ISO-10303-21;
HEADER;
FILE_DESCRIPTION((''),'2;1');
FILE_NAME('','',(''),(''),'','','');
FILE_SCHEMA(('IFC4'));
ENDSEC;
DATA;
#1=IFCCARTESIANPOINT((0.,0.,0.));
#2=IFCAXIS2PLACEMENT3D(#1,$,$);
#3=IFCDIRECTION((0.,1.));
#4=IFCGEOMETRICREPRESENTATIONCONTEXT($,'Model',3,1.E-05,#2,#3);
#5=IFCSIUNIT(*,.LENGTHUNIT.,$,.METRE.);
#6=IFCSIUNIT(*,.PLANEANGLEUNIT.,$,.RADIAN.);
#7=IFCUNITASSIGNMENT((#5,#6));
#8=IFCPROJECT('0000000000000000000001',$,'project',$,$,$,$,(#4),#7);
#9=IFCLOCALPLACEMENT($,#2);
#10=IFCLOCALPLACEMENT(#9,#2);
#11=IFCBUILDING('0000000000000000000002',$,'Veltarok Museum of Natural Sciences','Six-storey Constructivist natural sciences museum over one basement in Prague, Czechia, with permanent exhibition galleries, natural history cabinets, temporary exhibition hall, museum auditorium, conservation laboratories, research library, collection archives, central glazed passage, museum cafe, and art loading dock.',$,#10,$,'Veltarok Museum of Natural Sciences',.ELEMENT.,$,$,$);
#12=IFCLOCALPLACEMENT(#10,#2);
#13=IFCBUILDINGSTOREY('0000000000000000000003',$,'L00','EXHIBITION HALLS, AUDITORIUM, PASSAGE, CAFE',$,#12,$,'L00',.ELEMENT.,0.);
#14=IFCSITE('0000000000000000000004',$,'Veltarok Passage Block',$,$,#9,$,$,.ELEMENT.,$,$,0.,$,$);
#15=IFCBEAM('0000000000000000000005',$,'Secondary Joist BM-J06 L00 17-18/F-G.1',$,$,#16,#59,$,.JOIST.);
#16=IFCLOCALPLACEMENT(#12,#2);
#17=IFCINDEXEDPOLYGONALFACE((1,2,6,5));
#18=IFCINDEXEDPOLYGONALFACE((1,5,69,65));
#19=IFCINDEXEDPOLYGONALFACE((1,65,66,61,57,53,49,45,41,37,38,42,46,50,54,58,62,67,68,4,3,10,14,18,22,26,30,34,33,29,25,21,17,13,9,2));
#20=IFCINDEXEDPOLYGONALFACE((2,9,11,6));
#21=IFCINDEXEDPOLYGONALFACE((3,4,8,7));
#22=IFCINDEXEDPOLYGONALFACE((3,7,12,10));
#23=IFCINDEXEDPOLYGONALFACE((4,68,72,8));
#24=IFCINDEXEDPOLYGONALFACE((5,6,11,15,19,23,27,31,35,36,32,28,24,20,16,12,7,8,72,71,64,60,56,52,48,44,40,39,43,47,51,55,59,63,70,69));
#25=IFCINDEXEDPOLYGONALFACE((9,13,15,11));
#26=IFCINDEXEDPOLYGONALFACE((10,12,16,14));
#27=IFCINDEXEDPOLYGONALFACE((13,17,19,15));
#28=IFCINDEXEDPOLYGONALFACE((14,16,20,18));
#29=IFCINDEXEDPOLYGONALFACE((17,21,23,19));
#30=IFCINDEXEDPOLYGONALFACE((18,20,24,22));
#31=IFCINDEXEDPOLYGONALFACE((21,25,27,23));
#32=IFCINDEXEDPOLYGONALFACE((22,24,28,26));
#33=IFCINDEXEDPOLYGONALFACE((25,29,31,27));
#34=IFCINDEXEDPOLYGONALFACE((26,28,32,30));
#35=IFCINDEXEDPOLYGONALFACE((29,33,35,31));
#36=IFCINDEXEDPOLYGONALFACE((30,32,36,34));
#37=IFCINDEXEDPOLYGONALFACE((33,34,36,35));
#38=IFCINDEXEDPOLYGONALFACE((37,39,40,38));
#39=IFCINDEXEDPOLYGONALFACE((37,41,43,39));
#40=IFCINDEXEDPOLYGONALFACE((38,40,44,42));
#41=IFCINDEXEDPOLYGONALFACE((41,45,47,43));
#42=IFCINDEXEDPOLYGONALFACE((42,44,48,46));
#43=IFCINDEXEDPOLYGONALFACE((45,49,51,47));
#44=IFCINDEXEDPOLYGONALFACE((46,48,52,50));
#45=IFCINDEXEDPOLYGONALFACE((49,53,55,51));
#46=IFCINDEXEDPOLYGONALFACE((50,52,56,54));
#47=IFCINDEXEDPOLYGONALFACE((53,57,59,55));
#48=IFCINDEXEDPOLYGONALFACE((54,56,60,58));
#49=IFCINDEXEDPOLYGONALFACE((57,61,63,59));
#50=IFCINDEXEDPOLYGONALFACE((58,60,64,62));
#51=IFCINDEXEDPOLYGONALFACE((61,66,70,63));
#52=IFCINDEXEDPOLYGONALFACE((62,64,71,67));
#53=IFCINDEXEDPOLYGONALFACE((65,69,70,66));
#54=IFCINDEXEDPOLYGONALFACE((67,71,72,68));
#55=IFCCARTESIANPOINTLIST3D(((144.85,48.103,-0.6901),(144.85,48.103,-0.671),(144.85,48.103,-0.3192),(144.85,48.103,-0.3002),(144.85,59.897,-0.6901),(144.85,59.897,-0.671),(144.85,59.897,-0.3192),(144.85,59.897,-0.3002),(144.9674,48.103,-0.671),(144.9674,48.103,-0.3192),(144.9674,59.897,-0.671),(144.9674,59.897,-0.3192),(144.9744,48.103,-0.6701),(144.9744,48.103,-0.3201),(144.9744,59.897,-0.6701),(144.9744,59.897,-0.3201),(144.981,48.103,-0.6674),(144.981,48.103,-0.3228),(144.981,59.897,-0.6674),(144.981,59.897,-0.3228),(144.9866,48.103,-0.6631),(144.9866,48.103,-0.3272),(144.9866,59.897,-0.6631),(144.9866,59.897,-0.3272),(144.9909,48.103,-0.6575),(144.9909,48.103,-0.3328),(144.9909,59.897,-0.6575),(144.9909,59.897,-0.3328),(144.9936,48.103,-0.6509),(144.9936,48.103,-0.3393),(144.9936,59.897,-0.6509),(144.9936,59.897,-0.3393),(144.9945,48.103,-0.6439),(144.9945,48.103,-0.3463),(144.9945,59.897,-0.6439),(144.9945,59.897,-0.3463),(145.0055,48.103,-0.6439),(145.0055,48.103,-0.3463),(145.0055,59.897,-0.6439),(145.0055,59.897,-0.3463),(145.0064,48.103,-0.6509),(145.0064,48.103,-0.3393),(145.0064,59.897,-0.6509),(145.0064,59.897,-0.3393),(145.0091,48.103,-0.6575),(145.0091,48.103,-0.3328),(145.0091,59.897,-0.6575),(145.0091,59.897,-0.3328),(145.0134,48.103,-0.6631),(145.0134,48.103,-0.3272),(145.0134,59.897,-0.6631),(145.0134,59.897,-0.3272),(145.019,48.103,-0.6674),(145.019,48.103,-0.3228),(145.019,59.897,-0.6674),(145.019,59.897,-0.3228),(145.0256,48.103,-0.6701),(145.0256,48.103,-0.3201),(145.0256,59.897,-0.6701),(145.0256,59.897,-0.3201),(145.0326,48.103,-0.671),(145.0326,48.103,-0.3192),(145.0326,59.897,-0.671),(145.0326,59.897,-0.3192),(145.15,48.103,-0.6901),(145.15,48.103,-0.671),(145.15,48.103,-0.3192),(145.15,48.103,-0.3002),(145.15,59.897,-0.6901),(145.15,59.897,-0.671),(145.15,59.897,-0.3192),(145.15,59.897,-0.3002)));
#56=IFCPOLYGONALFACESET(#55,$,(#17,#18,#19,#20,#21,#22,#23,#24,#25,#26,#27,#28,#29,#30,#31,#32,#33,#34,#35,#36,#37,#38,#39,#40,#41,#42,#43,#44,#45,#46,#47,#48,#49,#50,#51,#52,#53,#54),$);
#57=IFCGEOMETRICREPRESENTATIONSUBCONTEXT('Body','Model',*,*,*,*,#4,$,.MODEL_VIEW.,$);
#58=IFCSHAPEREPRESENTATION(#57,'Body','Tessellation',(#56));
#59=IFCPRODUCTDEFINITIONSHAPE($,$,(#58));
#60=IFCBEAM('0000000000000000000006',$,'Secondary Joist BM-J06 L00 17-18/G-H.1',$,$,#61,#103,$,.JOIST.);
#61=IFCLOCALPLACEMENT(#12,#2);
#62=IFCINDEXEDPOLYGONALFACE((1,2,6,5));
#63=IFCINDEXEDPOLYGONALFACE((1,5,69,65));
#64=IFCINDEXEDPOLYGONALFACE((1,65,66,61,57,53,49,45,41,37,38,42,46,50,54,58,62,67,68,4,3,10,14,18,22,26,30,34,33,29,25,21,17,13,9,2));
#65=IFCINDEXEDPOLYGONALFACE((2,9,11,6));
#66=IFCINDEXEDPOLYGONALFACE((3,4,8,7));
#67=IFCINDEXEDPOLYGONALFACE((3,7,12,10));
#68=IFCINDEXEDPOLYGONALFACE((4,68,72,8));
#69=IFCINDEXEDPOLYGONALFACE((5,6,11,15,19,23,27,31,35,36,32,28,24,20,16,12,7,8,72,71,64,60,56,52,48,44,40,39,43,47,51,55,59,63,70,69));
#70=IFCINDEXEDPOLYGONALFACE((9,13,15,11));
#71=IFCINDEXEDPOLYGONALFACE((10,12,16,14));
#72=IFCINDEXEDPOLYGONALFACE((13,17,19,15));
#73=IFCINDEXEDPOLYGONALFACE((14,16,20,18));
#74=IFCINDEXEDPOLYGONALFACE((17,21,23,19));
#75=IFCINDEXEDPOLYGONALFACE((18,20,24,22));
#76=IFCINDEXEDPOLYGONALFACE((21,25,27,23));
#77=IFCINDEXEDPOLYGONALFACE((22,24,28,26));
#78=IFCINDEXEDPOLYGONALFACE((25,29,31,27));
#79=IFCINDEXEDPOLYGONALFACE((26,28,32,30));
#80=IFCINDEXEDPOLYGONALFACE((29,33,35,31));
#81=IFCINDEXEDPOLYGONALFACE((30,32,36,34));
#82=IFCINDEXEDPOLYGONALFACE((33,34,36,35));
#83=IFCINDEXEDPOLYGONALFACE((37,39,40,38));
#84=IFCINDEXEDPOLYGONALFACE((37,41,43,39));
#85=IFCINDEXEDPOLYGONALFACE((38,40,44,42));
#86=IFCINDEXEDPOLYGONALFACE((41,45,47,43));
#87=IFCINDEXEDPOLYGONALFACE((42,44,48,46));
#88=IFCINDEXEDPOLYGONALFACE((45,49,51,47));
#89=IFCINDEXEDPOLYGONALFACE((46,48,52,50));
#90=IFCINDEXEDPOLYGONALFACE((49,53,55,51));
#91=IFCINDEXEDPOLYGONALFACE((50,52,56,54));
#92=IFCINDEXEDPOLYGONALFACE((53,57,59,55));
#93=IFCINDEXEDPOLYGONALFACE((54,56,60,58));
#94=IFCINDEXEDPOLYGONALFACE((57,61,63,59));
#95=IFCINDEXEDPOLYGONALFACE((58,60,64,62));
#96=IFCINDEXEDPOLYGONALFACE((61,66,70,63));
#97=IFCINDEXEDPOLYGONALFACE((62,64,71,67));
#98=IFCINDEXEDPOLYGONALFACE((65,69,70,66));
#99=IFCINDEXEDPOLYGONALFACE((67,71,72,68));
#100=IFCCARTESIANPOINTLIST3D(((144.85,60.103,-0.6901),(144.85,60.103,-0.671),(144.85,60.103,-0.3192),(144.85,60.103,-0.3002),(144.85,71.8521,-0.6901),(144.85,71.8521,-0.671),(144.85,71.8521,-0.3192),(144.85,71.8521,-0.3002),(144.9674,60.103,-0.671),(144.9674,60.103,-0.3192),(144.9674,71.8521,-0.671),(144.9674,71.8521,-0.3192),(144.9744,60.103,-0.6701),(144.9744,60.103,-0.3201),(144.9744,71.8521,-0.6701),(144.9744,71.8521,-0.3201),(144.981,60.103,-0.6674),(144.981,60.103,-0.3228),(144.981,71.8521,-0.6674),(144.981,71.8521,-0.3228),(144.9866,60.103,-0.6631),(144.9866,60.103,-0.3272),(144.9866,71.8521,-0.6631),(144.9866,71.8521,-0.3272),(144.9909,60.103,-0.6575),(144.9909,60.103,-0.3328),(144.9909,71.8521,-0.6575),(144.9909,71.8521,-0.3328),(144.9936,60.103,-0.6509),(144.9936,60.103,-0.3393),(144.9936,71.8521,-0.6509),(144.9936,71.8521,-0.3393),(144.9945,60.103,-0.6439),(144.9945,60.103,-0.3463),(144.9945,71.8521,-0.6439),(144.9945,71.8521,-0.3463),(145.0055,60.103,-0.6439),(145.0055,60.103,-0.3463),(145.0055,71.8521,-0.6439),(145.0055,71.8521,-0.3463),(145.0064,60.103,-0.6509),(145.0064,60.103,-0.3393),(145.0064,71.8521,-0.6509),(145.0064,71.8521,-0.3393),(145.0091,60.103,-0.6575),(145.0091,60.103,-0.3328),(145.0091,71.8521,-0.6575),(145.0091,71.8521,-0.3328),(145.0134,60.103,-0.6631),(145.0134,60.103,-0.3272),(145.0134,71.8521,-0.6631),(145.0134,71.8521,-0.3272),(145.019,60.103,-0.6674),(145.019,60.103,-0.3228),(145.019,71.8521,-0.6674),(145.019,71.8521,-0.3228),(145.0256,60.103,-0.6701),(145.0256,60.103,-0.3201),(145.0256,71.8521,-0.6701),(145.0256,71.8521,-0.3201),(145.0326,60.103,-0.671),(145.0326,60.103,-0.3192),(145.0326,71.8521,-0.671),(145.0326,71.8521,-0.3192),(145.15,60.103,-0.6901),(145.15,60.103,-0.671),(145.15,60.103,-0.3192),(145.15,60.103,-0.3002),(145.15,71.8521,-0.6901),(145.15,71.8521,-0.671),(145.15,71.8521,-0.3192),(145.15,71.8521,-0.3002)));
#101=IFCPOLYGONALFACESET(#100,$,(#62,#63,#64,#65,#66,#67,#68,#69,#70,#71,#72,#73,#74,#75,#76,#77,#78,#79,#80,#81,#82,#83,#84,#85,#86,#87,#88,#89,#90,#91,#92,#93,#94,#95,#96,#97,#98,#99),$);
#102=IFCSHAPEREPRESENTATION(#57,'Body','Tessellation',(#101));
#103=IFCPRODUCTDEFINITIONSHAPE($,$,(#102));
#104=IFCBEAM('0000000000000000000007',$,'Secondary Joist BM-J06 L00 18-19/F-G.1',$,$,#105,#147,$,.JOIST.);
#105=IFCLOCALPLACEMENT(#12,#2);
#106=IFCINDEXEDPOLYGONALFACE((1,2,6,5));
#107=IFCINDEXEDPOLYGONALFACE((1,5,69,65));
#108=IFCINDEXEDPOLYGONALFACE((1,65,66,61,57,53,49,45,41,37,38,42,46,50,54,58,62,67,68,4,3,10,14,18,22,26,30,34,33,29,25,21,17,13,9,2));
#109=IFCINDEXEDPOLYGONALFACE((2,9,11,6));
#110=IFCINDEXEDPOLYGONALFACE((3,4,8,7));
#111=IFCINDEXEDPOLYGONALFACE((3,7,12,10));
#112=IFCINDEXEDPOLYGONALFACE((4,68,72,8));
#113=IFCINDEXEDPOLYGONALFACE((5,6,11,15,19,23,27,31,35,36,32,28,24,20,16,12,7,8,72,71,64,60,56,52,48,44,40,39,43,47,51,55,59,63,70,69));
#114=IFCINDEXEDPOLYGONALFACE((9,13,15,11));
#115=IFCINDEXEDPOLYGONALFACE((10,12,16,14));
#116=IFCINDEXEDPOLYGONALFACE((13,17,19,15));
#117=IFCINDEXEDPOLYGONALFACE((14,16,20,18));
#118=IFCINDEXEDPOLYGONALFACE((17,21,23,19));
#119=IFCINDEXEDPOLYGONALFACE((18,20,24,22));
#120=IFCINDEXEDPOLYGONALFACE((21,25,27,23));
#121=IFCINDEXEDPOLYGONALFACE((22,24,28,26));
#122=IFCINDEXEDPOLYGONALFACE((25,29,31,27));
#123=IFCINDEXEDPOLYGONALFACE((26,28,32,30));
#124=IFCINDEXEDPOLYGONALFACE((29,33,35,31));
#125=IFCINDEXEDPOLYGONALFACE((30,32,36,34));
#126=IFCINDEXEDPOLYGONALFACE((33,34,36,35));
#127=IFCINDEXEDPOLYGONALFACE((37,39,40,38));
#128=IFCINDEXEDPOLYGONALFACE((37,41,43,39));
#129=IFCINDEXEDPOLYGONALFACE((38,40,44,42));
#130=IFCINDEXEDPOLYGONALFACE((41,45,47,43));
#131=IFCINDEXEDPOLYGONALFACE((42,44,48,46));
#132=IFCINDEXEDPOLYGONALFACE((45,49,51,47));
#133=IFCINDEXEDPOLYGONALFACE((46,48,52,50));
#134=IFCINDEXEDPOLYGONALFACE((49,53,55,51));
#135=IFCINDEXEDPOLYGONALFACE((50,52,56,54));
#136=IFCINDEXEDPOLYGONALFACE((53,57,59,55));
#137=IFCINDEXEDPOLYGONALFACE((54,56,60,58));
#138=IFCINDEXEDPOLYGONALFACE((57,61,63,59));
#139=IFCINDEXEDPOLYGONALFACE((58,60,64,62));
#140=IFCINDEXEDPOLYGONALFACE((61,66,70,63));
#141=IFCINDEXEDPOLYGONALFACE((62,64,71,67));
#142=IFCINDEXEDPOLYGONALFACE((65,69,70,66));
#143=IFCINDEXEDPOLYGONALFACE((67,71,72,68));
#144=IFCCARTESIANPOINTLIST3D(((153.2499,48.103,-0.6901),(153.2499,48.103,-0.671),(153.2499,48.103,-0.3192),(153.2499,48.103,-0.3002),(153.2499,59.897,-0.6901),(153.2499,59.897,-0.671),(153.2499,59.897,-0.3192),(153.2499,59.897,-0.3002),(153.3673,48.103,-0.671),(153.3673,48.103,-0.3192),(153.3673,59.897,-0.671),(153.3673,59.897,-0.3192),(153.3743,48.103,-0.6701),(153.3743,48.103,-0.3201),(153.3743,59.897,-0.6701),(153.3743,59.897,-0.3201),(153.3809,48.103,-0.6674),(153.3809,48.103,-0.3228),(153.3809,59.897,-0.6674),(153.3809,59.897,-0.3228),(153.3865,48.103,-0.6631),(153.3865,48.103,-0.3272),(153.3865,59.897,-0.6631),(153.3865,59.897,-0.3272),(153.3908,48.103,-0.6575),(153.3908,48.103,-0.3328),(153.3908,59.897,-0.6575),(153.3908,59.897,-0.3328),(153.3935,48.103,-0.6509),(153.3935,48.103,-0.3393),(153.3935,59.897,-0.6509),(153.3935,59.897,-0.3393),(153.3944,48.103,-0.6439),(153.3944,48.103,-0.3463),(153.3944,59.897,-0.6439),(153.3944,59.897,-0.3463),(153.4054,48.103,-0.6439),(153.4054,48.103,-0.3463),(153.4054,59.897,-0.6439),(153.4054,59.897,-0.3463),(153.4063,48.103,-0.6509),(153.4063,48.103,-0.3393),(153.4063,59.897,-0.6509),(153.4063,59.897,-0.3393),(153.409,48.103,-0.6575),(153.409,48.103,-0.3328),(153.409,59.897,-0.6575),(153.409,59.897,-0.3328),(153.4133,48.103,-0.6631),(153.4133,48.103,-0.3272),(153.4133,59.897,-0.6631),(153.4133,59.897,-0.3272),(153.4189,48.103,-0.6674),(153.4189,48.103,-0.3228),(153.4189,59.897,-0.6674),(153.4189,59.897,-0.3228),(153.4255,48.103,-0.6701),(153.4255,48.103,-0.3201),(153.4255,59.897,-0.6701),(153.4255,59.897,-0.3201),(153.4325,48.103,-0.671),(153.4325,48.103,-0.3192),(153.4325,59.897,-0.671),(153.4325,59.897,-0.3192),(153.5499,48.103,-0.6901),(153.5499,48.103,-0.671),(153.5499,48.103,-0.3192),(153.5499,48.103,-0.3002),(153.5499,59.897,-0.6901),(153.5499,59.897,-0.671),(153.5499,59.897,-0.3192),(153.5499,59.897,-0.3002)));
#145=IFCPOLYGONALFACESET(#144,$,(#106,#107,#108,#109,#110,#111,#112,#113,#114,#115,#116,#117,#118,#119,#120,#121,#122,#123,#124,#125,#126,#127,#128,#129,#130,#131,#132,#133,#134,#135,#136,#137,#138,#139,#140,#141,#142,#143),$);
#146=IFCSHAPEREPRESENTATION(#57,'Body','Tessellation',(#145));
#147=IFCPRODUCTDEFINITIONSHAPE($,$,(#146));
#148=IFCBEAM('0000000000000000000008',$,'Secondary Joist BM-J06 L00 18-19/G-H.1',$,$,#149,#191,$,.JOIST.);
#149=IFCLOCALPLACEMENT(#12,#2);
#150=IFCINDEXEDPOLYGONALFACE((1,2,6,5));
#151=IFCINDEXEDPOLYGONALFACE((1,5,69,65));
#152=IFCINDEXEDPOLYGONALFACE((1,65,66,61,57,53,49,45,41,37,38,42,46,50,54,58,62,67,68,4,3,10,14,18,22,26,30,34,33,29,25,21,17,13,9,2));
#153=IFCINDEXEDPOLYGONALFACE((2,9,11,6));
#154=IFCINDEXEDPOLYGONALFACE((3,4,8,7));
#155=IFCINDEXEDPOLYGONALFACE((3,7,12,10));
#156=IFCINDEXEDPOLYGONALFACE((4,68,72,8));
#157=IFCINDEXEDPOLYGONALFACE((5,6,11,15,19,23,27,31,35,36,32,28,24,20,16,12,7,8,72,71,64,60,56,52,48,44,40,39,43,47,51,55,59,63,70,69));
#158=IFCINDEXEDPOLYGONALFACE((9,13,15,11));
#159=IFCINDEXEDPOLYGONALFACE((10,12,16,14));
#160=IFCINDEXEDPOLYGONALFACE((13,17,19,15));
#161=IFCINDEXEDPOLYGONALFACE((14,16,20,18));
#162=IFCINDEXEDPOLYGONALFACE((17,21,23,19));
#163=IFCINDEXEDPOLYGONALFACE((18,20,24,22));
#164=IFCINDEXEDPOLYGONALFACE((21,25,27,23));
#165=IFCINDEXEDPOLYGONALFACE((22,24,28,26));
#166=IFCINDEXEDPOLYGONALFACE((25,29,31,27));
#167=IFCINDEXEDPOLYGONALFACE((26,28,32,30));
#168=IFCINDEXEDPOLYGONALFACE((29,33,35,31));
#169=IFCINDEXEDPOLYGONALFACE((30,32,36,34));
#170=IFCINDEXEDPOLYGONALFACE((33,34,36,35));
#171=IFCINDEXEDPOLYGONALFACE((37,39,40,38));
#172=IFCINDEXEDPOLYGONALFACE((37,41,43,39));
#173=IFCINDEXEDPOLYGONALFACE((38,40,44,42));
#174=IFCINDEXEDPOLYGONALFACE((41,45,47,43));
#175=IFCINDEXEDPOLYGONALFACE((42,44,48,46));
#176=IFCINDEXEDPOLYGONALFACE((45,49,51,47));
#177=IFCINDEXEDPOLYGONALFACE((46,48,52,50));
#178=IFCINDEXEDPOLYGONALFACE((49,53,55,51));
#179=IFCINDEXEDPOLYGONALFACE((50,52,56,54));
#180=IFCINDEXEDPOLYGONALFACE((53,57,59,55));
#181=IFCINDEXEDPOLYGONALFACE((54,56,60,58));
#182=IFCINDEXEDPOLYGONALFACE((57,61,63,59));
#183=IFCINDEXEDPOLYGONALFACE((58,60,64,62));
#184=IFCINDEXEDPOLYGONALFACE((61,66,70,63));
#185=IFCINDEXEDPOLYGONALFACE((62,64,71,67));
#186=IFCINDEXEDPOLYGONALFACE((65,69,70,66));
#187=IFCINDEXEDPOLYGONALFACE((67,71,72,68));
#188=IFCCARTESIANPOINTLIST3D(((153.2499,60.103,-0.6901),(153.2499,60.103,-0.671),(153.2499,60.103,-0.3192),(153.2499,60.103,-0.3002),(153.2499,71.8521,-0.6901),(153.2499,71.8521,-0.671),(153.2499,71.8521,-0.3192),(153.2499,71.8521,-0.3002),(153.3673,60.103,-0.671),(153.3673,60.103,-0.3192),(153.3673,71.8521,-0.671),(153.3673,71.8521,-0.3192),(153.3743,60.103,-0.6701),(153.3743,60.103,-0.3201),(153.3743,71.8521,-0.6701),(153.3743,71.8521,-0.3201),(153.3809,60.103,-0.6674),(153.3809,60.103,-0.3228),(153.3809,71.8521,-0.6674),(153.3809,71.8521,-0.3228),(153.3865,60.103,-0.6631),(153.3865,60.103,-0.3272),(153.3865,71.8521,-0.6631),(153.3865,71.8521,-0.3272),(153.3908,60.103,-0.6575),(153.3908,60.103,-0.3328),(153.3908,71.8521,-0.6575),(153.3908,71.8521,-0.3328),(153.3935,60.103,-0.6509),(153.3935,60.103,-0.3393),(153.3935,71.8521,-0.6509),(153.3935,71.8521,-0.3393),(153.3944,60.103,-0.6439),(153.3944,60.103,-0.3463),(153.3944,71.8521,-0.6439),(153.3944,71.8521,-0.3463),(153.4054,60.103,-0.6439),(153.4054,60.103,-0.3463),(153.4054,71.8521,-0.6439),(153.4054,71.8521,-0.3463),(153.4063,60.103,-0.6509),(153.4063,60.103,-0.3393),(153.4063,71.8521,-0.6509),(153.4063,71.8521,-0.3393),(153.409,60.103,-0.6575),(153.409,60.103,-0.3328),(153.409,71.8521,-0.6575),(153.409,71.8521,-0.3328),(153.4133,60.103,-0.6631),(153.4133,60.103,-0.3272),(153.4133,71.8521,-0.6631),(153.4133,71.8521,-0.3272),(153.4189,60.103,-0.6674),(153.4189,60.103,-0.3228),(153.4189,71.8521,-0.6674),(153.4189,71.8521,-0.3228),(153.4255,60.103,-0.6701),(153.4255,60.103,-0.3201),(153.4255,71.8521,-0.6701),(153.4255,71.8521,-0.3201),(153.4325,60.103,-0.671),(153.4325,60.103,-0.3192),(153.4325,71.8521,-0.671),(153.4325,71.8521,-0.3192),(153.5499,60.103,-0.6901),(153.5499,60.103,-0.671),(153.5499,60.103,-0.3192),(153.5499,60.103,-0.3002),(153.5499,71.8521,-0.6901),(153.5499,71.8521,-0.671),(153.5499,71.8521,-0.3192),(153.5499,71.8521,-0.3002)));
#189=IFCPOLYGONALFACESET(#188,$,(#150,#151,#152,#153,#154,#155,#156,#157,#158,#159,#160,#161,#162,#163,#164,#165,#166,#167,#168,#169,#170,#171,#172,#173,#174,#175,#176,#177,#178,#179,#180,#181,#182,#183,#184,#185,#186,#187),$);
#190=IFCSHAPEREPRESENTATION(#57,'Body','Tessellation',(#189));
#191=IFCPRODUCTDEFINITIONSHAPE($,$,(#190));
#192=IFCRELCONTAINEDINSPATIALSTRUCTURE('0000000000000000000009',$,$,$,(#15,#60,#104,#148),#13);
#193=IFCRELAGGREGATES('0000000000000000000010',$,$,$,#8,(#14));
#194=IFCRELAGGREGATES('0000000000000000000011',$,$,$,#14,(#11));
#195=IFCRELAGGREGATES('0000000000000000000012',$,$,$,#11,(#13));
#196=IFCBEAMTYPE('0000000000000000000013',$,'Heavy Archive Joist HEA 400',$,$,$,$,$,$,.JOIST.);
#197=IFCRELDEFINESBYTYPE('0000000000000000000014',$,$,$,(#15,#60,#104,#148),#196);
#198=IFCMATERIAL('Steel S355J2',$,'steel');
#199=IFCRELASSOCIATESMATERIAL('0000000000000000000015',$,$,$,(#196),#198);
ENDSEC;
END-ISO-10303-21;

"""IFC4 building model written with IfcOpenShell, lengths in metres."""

from ifc_helpers import new_model, si_unit, direction, frame, origin, origin_2d, place, context, subcontext, project, spatial, i_section, extrude, material, material_profile, profile_set, type_object, element, save


model = new_model("IFC4")

# Units and contexts
model_context = context("Model", 3, precision=1e-05, world=origin(), true_north=direction((0.0, 1.0)))
body_context = subcontext(model_context, "Body", "Model", "MODEL_VIEW")
ifc_project = project(units=[si_unit("LENGTHUNIT", "METRE"), si_unit("PLANEANGLEUNIT", "RADIAN")], contexts=[model_context])

# Site, building, storey
site_placement = place(None, origin())
site = spatial("IfcSite", under=ifc_project, at=site_placement, Name="Veltarok Passage Block", CompositionType="ELEMENT", RefElevation=0.0)
building_placement = place(site_placement, origin())
building = spatial("IfcBuilding", under=site, at=building_placement, Name="Veltarok Museum of Natural Sciences", Description="Six-storey Constructivist natural sciences museum over one basement in Prague, Czechia, with permanent exhibition galleries, natural history cabinets, temporary exhibition hall, museum auditorium, conservation laboratories, research library, collection archives, central glazed passage, museum cafe, and art loading dock.", LongName="Veltarok Museum of Natural Sciences", CompositionType="ELEMENT")
storey_placement = place(building_placement, origin())
storey = spatial("IfcBuildingStorey", under=building, at=storey_placement, Name="L00", Description="EXHIBITION HALLS, AUDITORIUM, PASSAGE, CAFE", LongName="L00", CompositionType="ELEMENT", Elevation=0.0)

# Shared definitions
ifc_material_1 = material(Name="Steel S355J2", Category="steel")

# Beams
ifc_material_profile_1 = material_profile(ifc_material_1, i_section(OverallWidth=0.3, OverallDepth=0.3899, WebThickness=0.011, FlangeThickness=0.019, FilletRadius=0.0271, at=origin_2d()), Name="HEA 400")
ifc_profile_set_1 = profile_set([ifc_material_profile_1], Name="Steel S355J2")
beam_type_1 = type_object("IfcBeamType", Name="Heavy Archive Joist HEA 400", PredefinedType="JOIST", material=ifc_profile_set_1)
beam_1_placement = place(storey_placement, frame((145.0, 48.103, -0.4951), z_axis=(0.0, 1.0, 0.0), x_axis=(-1.0, 0.0, 0.0)))
element("IfcBeam", 1, at=beam_1_placement, inside=storey, type_object=beam_type_1, Name="Secondary Joist BM-J06 L00 17-18/F-G.1", PredefinedType="JOIST", context=body_context, shape_type="SweptSolid", body=[
    extrude(i_section(OverallWidth=0.3, OverallDepth=0.3899, WebThickness=0.011, FlangeThickness=0.019, FilletRadius=0.0271, at=origin_2d()), origin(), (0.0, 0.0, 1.0), 11.7939),
])
beam_2_placement = place(storey_placement, frame((145.0, 60.103, -0.4951), z_axis=(0.0, 1.0, 0.0), x_axis=(-1.0, 0.0, 0.0)))
element("IfcBeam", 2, at=beam_2_placement, inside=storey, type_object=beam_type_1, Name="Secondary Joist BM-J06 L00 17-18/G-H.1", PredefinedType="JOIST", context=body_context, shape_type="SweptSolid", body=[
    extrude(i_section(OverallWidth=0.3, OverallDepth=0.3899, WebThickness=0.011, FlangeThickness=0.019, FilletRadius=0.0271, at=origin_2d()), origin(), (0.0, 0.0, 1.0), 11.749),
])
beam_3_placement = place(storey_placement, frame((153.3999, 48.103, -0.4951), z_axis=(0.0, 1.0, 0.0), x_axis=(-1.0, 0.0, 0.0)))
element("IfcBeam", 3, at=beam_3_placement, inside=storey, type_object=beam_type_1, Name="Secondary Joist BM-J06 L00 18-19/F-G.1", PredefinedType="JOIST", context=body_context, shape_type="SweptSolid", body=[
    extrude(i_section(OverallWidth=0.3, OverallDepth=0.3899, WebThickness=0.011, FlangeThickness=0.019, FilletRadius=0.0271, at=origin_2d()), origin(), (0.0, 0.0, 1.0), 11.7939),
])
beam_4_placement = place(storey_placement, frame((153.3999, 60.103, -0.4951), z_axis=(0.0, 1.0, 0.0), x_axis=(-1.0, 0.0, 0.0)))
element("IfcBeam", 4, at=beam_4_placement, inside=storey, type_object=beam_type_1, Name="Secondary Joist BM-J06 L00 18-19/G-H.1", PredefinedType="JOIST", context=body_context, shape_type="SweptSolid", body=[
    extrude(i_section(OverallWidth=0.3, OverallDepth=0.3899, WebThickness=0.011, FlangeThickness=0.019, FilletRadius=0.0271, at=origin_2d()), origin(), (0.0, 0.0, 1.0), 11.749),
])

save(model, "model.ifc")
